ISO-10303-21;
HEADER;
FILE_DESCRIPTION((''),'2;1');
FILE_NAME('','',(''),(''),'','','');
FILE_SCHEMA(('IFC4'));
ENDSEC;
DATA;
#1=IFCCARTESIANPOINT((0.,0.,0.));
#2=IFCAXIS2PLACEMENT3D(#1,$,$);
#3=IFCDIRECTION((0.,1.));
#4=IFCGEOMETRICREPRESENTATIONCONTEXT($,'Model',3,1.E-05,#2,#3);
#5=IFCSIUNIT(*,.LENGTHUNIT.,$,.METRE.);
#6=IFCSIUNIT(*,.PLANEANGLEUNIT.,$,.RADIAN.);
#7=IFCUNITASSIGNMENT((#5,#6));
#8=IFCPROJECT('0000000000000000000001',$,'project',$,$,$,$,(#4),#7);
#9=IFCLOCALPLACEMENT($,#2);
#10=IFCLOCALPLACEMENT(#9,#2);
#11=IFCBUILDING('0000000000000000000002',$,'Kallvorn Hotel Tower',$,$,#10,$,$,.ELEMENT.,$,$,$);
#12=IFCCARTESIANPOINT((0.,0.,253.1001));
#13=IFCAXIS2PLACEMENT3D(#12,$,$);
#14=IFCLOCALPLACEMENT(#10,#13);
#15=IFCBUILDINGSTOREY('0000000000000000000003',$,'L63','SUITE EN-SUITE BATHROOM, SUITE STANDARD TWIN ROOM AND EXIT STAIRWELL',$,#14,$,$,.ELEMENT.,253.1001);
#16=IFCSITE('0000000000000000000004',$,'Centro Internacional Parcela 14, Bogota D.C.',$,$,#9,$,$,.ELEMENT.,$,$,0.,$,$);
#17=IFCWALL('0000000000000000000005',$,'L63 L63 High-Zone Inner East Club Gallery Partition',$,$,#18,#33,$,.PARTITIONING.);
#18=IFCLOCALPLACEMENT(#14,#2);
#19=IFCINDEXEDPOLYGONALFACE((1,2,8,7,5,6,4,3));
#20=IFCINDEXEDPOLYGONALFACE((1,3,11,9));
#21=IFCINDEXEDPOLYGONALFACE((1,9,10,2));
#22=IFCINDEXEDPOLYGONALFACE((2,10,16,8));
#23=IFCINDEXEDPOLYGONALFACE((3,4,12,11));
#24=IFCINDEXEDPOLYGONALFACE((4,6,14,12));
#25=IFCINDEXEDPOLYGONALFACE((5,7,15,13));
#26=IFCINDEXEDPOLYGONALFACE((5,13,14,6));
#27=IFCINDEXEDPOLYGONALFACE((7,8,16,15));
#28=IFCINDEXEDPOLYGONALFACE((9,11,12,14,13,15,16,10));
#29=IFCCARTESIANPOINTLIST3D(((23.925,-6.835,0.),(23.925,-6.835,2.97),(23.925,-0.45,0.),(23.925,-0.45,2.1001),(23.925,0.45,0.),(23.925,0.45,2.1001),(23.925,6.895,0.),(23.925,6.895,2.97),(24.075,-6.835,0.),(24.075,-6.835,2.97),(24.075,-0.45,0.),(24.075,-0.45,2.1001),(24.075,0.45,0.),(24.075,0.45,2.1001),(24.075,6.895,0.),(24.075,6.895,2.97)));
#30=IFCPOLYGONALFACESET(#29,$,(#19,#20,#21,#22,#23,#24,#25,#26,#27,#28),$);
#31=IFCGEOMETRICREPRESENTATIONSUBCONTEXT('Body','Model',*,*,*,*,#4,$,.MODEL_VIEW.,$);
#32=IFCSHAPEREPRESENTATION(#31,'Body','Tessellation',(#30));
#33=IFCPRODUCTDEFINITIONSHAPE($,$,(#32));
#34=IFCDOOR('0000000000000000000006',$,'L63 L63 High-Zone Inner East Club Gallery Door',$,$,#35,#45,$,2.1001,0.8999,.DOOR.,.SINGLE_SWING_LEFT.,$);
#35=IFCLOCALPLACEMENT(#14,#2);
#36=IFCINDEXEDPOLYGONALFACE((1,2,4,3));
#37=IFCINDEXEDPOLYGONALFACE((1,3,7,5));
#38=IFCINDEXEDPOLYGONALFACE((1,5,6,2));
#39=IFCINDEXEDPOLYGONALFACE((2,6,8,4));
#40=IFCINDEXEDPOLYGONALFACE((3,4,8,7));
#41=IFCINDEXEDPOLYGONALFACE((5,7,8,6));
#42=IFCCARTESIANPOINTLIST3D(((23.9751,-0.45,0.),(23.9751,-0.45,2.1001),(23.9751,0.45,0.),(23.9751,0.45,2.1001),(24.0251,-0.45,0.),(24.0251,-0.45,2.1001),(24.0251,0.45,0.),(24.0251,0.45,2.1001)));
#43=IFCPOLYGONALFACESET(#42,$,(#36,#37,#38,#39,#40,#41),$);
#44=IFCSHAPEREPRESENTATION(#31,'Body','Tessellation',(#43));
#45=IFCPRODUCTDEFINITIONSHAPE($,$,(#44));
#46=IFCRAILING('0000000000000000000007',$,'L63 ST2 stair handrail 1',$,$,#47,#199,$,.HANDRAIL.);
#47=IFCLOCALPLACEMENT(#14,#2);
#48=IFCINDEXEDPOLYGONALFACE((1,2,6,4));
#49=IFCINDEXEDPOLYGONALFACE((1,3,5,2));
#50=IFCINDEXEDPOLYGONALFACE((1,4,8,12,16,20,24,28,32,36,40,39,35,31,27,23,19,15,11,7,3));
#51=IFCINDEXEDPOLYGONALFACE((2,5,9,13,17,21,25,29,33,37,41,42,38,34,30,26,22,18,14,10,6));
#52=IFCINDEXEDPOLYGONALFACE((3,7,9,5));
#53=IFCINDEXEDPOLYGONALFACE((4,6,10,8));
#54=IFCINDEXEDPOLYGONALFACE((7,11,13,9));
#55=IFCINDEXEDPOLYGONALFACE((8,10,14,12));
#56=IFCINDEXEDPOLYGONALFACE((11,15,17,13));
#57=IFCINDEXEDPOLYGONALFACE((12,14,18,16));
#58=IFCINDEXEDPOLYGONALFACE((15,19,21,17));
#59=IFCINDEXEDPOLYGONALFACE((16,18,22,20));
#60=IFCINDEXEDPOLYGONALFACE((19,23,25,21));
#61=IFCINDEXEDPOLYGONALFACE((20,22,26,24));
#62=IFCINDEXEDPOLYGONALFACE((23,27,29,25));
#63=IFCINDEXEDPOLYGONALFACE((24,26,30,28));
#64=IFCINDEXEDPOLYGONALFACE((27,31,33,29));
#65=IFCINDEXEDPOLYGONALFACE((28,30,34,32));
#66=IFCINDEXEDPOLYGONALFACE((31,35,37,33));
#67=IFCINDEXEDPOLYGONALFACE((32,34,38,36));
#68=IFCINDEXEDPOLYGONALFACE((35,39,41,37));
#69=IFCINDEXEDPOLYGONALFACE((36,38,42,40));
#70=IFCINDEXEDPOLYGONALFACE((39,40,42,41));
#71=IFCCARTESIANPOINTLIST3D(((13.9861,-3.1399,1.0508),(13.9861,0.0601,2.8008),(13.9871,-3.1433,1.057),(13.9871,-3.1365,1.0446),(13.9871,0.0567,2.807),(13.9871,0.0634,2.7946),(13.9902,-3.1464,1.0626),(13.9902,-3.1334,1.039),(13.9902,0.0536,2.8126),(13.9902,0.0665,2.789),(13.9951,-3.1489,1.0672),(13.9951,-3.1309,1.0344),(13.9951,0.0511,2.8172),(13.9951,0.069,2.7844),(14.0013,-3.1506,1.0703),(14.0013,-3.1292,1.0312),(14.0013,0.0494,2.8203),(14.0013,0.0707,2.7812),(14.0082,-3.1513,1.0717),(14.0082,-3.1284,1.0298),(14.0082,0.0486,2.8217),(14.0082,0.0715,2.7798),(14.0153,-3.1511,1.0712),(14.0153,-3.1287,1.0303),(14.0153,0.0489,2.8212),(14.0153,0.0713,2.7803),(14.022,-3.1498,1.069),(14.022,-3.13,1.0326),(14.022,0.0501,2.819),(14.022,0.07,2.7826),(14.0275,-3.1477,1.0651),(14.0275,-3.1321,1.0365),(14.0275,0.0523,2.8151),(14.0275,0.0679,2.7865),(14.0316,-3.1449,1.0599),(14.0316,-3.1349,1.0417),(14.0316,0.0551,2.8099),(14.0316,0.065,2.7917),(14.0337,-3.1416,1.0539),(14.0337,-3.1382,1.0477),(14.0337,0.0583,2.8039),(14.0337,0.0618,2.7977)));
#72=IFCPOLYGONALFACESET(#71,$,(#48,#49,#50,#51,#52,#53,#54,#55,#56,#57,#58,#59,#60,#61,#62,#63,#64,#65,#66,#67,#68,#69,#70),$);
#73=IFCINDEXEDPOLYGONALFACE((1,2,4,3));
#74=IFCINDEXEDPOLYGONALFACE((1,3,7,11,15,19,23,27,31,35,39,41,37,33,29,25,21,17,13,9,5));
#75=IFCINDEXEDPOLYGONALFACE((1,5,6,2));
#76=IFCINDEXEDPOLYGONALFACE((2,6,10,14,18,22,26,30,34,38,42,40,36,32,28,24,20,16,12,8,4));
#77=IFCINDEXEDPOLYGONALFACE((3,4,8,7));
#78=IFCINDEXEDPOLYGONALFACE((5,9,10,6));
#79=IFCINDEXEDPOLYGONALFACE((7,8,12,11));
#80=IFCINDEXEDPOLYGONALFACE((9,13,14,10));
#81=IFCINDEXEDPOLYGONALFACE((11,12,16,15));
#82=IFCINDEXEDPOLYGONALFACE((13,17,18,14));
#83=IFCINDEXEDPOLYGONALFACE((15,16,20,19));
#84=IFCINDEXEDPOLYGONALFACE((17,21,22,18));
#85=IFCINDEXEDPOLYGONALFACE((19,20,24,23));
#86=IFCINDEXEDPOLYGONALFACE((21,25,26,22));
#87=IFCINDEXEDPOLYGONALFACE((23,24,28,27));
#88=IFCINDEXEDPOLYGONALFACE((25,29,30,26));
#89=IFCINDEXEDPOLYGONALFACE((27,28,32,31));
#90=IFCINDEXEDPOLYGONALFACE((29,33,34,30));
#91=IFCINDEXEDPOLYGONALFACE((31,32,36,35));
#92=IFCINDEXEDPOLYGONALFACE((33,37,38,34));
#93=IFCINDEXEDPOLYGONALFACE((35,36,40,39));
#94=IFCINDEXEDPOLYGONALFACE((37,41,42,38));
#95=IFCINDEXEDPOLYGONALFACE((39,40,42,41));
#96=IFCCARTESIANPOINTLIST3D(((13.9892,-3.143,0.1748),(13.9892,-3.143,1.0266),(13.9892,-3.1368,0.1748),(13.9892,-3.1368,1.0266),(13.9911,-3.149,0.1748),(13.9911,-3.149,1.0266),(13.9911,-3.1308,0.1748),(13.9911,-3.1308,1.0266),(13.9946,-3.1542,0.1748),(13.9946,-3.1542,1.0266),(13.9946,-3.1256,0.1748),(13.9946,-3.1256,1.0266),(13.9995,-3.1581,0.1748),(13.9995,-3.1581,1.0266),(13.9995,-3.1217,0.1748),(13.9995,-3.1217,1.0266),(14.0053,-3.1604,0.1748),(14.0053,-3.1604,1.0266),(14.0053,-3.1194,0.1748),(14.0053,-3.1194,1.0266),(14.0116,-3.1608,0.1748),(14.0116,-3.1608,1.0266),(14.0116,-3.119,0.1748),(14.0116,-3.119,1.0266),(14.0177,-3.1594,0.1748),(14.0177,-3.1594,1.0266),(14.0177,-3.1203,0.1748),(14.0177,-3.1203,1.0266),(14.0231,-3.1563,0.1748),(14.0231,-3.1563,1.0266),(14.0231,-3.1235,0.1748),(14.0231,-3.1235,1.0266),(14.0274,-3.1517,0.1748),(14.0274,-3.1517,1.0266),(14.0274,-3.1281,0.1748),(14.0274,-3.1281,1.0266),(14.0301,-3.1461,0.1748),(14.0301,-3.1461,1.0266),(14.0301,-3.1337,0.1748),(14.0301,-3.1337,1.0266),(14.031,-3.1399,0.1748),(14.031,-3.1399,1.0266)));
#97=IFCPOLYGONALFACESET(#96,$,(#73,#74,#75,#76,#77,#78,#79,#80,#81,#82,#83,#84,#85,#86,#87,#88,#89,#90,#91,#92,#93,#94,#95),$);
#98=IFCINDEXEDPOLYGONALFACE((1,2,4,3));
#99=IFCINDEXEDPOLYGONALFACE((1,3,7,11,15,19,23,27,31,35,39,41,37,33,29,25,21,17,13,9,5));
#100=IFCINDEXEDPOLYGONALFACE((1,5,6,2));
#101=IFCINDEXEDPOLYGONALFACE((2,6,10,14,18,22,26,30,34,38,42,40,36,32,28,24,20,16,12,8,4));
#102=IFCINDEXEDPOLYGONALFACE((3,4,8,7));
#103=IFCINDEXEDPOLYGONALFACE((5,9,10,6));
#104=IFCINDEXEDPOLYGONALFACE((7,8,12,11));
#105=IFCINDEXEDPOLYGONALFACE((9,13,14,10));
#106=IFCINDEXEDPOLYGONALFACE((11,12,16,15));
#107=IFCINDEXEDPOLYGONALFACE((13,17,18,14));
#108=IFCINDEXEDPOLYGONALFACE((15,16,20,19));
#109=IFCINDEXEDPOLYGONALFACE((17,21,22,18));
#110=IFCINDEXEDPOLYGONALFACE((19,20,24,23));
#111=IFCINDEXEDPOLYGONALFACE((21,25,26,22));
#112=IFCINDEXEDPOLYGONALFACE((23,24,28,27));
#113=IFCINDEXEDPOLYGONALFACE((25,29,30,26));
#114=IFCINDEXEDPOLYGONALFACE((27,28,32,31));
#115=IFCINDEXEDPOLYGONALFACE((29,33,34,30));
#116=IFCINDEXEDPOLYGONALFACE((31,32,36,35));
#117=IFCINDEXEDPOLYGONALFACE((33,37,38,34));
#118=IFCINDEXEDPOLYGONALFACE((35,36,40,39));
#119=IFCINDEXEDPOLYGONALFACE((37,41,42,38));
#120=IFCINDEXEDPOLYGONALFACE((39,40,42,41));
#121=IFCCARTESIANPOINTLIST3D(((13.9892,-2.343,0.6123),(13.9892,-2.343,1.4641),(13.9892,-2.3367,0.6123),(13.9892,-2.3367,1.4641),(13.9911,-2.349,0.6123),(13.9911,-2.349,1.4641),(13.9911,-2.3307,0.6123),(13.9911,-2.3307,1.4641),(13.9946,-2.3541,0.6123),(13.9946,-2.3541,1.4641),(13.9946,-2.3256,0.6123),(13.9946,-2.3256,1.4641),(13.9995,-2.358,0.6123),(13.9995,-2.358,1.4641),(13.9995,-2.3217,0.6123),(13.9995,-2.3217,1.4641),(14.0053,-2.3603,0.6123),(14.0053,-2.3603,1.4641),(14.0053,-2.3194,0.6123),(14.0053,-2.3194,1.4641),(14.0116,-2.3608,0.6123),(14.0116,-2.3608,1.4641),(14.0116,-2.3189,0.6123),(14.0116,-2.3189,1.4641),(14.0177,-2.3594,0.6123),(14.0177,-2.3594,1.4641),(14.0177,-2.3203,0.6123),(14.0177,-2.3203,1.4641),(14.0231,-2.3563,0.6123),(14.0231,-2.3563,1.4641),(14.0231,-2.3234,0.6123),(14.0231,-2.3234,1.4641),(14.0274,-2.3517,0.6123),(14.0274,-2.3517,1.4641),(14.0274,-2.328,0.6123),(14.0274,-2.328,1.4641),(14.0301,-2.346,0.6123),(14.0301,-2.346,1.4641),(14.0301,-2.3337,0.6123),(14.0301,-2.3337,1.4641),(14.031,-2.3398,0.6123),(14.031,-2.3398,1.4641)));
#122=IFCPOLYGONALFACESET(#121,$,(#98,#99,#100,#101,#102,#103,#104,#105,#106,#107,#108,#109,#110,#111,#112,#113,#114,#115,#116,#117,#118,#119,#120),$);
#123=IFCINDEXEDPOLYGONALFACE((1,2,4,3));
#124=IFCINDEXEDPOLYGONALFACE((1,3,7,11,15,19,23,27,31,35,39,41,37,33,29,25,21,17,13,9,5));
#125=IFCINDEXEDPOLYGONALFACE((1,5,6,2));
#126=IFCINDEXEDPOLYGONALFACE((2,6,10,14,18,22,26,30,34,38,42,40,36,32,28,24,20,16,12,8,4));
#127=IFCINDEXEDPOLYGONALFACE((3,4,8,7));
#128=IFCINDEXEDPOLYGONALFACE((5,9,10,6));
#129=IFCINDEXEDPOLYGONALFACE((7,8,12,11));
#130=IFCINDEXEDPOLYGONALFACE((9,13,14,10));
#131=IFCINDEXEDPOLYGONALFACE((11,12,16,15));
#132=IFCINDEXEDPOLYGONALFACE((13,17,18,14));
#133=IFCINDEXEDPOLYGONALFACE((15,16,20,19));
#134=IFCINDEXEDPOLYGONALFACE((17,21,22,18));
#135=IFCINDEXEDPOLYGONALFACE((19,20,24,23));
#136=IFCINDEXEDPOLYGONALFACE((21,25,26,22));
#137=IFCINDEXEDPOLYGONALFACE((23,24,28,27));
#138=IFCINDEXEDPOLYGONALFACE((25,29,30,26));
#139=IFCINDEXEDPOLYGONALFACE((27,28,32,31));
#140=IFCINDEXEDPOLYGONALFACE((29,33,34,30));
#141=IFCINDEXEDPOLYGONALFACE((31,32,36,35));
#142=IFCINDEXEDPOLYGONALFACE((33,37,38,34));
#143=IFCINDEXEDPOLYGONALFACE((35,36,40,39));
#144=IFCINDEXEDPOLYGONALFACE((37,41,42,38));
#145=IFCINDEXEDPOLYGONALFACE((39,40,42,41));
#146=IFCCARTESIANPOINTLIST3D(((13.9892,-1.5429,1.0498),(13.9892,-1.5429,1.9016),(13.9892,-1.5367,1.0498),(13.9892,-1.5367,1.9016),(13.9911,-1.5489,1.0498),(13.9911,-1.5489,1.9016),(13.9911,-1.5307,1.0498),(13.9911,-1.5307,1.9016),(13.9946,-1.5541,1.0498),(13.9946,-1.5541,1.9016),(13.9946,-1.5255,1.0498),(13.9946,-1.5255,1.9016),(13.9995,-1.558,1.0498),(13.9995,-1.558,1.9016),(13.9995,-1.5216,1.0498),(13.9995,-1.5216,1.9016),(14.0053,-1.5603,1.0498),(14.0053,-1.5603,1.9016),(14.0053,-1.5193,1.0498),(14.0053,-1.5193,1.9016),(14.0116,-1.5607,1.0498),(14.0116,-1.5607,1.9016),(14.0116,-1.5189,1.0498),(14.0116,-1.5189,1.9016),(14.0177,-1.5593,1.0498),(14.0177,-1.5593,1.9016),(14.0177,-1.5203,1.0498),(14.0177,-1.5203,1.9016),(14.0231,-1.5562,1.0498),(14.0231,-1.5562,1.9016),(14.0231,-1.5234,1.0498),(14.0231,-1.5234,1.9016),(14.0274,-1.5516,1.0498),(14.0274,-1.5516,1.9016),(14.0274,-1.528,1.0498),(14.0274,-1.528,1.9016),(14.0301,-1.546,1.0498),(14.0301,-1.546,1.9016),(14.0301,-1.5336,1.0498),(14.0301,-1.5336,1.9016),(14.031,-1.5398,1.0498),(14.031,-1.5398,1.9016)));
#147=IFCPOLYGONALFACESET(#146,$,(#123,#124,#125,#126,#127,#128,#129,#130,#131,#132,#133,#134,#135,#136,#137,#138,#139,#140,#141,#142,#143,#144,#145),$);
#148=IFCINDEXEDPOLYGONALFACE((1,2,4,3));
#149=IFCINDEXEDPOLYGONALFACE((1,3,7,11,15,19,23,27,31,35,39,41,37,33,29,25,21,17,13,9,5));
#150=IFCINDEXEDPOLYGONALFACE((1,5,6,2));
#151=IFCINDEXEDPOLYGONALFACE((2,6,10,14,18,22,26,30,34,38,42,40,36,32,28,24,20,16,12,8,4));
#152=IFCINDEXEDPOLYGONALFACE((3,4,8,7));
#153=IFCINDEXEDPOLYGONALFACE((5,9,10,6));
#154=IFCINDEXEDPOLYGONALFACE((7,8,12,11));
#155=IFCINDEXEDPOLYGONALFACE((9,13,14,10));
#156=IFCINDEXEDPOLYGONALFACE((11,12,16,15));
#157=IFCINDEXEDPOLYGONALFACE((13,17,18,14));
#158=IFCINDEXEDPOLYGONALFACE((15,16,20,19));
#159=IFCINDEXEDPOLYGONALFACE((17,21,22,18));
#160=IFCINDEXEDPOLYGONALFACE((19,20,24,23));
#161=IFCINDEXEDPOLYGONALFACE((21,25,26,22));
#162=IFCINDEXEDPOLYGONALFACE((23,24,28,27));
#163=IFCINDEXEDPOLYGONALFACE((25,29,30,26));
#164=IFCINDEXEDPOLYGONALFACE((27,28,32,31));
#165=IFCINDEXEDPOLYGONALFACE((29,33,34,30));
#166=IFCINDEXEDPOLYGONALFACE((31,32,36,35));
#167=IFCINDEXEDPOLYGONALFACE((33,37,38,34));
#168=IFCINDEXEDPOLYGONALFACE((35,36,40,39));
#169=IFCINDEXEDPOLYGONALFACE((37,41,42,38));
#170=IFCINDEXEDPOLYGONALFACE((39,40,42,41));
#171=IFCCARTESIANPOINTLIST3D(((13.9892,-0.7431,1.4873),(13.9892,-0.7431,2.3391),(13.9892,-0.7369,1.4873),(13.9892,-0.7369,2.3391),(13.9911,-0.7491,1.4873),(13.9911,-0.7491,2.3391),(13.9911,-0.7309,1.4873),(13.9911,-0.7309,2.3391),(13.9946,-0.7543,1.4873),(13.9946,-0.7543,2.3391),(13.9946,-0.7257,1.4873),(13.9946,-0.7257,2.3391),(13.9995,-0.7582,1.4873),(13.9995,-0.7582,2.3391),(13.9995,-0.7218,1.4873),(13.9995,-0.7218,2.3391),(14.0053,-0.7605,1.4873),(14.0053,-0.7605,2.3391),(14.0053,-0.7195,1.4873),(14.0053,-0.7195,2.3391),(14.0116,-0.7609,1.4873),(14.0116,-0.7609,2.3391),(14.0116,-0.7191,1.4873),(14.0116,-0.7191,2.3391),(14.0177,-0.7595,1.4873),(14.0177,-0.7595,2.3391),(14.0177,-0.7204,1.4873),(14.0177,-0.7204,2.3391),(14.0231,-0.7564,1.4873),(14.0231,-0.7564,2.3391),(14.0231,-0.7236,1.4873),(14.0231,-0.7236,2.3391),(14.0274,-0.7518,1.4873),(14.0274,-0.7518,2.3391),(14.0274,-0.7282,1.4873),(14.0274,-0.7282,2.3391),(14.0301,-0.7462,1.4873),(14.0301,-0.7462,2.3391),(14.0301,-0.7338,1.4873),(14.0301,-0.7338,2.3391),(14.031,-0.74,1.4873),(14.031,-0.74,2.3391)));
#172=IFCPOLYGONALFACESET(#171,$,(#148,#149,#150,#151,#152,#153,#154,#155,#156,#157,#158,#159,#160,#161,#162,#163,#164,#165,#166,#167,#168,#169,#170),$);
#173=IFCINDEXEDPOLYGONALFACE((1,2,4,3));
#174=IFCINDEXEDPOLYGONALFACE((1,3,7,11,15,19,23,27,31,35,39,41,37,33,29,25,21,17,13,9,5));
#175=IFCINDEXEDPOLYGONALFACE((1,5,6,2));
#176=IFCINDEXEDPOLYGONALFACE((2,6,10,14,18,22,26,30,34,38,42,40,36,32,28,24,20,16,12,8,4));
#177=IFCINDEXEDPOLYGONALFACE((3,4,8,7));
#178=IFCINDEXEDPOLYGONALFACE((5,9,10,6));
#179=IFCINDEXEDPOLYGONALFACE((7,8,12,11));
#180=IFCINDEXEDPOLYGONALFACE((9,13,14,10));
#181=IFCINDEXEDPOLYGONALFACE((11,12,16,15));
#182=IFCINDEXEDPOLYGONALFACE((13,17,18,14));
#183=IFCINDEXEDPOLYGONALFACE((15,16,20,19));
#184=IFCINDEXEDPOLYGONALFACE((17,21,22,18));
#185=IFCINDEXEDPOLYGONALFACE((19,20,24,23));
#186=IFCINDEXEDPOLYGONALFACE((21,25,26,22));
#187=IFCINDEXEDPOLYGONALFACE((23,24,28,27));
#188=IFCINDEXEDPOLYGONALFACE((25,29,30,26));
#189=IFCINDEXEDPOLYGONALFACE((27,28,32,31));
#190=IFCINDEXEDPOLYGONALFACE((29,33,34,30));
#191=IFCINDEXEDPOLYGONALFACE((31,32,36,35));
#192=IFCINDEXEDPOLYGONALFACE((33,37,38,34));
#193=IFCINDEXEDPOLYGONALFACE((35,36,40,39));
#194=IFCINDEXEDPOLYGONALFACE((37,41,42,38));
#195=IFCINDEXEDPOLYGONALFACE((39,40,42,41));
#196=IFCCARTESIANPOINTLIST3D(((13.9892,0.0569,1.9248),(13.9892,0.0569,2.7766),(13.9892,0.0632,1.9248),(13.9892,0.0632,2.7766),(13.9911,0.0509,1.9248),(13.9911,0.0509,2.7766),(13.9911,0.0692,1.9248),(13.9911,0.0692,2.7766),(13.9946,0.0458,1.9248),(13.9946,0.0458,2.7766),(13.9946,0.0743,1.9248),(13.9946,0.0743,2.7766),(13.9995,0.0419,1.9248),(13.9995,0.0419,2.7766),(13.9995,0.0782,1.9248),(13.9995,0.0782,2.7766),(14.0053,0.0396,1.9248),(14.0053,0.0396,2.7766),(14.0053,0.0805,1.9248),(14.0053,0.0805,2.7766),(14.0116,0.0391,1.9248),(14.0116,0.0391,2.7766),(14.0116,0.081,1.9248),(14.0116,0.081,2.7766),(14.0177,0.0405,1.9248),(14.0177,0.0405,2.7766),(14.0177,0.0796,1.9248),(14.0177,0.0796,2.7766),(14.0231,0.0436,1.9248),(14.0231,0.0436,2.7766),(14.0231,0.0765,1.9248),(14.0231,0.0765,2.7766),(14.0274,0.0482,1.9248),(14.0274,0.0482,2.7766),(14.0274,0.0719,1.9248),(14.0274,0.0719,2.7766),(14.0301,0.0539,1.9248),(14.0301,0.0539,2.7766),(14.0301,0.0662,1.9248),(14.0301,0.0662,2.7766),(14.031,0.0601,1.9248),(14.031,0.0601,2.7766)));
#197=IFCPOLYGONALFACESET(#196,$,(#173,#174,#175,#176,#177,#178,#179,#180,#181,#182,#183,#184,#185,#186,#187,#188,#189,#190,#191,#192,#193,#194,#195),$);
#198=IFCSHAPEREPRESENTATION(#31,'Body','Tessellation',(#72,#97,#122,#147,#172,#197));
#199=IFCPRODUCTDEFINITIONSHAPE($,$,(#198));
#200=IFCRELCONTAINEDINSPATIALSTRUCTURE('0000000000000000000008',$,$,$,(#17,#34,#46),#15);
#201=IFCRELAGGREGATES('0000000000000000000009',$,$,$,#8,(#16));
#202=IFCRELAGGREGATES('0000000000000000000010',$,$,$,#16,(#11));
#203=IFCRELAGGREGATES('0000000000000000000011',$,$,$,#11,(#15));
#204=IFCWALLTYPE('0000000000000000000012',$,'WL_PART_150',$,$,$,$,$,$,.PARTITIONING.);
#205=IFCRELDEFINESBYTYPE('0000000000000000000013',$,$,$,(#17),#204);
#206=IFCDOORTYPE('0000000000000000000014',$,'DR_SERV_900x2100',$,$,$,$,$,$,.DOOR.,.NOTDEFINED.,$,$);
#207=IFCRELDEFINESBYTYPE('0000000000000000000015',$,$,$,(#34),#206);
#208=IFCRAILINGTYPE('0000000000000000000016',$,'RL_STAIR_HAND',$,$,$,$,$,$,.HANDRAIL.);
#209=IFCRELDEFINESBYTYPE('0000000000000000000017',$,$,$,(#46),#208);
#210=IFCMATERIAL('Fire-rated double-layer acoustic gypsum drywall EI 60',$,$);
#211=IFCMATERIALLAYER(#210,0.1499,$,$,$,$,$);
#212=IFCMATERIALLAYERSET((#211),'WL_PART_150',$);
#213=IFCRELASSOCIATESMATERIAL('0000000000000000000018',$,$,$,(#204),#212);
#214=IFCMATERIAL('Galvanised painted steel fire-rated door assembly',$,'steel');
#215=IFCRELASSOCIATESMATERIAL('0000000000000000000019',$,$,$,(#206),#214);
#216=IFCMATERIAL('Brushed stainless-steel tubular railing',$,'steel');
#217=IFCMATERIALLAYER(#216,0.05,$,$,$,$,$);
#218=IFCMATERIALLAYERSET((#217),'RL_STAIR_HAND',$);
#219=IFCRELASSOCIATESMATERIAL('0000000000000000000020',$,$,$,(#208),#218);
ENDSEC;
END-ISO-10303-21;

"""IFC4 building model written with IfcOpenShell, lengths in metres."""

from ifc_helpers import new_model, si_unit, direction, frame, frame_2d, origin, origin_2d, place, context, subcontext, project, spatial, rectangle, circle, extrude, material, layer, layer_set, type_object, element, fill, save


model = new_model("IFC4")

# Units and contexts
model_context = context("Model", 3, precision=1e-05, world=origin(), true_north=direction((0.0, 1.0)))
body_context = subcontext(model_context, "Body", "Model", "MODEL_VIEW")
ifc_project = project(units=[si_unit("LENGTHUNIT", "METRE"), si_unit("PLANEANGLEUNIT", "RADIAN")], contexts=[model_context])

# Site, building, storey
site_placement = place(None, origin())
site = spatial("IfcSite", under=ifc_project, at=site_placement, Name="Centro Internacional Parcela 14, Bogota D.C.", CompositionType="ELEMENT", RefElevation=0.0)
building_placement = place(site_placement, origin())
building = spatial("IfcBuilding", under=site, at=building_placement, Name="Kallvorn Hotel Tower", CompositionType="ELEMENT")
storey_placement = place(building_placement, frame((0.0, 0.0, 253.1001)))
storey = spatial("IfcBuildingStorey", under=building, at=storey_placement, Name="L63", Description="SUITE EN-SUITE BATHROOM, SUITE STANDARD TWIN ROOM AND EXIT STAIRWELL", CompositionType="ELEMENT", Elevation=253.1001)

# Shared definitions
ifc_material_1 = material(Name="Fire-rated double-layer acoustic gypsum drywall EI 60")
ifc_layer_1 = layer(ifc_material_1, 0.1499)
ifc_layer_set_1 = layer_set([ifc_layer_1], Name="WL_PART_150")
wall_type_1 = type_object("IfcWallType", Name="WL_PART_150", PredefinedType="PARTITIONING", material=ifc_layer_set_1)

# Wall, opening, door
wall_1_placement = place(storey_placement, frame((24.0, -6.835, 0.0), z_axis=(0.0, 0.0, 1.0), x_axis=(0.0, 1.0, 0.0)))
wall_1 = element("IfcWall", 1, at=wall_1_placement, inside=storey, type_object=wall_type_1, Name="L63 L63 High-Zone Inner East Club Gallery Partition", PredefinedType="PARTITIONING", context=body_context, shape_type="SweptSolid", body=[
    extrude(rectangle(XDim=13.73, YDim=0.1499, at=frame_2d((6.865, 0.0))), origin(), (0.0, 0.0, 1.0), 2.97),
])
opening_1_placement = place(wall_1_placement, frame((6.385, 0.0, 0.0)))
opening_1 = element("IfcOpeningElement", 2, at=opening_1_placement, cuts=wall_1, PredefinedType="OPENING", context=body_context, shape_type="SweptSolid", body=[
    extrude(rectangle(XDim=0.8999, YDim=2.1001, at=frame_2d((0.45, 1.05))), frame((0.0, 0.0898, 0.0), z_axis=(0.0, -1.0, 0.0), x_axis=(1.0, 0.0, 0.0)), (0.0, 0.0, 1.0), 0.1799),
])
ifc_material_2 = material(Name="Galvanised painted steel fire-rated door assembly", Category="steel")
door_type_1 = type_object("IfcDoorType", Name="DR_SERV_900x2100", OperationType="NOTDEFINED", PredefinedType="DOOR", material=ifc_material_2)
door_1_placement = place(opening_1_placement, origin())
door_1 = element("IfcDoor", 3, at=door_1_placement, inside=storey, type_object=door_type_1, Name="L63 L63 High-Zone Inner East Club Gallery Door", OperationType="SINGLE_SWING_LEFT", OverallHeight=2.1001, OverallWidth=0.8999, PredefinedType="DOOR", context=body_context, shape_type="SweptSolid", body=[
    extrude(rectangle(XDim=0.8999, YDim=2.1001, at=frame_2d((0.45, 1.05))), frame((0.0, 0.0249, 0.0), z_axis=(0.0, -1.0, 0.0), x_axis=(1.0, 0.0, 0.0)), (0.0, 0.0, 1.0), 0.05),
])
fill(opening_1, door_1)

# Railing
ifc_material_3 = material(Name="Brushed stainless-steel tubular railing", Category="steel")
ifc_layer_2 = layer(ifc_material_3, 0.05)
ifc_layer_set_2 = layer_set([ifc_layer_2], Name="RL_STAIR_HAND")
railing_type = type_object("IfcRailingType", Name="RL_STAIR_HAND", PredefinedType="HANDRAIL", material=ifc_layer_set_2)
railing_placement = place(storey_placement, frame((14.01, -3.1399, 0.1748)))
element("IfcRailing", 4, at=railing_placement, inside=storey, type_object=railing_type, Name="L63 ST2 stair handrail 1", PredefinedType="HANDRAIL", context=body_context, shape_type="SweptSolid", body=[
    extrude(circle(Radius=0.0239, at=origin_2d()), frame((0.0, 0.0, 0.876), z_axis=(0.0, 0.877368, 0.479818), x_axis=(-1.0, 0.0, 0.0)), (0.0, 0.0, 1.0), 3.6472),
    extrude(circle(Radius=0.021, at=origin_2d()), origin(), (0.0, 0.0, 1.0), 0.8518),
    extrude(circle(Radius=0.021, at=origin_2d()), frame((0.0, 0.8, 0.4375)), (0.0, 0.0, 1.0), 0.8518),
    extrude(circle(Radius=0.021, at=origin_2d()), frame((0.0, 1.6001, 0.875)), (0.0, 0.0, 1.0), 0.8518),
    extrude(circle(Radius=0.021, at=origin_2d()), frame((0.0, 2.3999, 1.3125)), (0.0, 0.0, 1.0), 0.8518),
    extrude(circle(Radius=0.021, at=origin_2d()), frame((0.0, 3.2, 1.75)), (0.0, 0.0, 1.0), 0.8518),
])

save(model, "model.ifc")
